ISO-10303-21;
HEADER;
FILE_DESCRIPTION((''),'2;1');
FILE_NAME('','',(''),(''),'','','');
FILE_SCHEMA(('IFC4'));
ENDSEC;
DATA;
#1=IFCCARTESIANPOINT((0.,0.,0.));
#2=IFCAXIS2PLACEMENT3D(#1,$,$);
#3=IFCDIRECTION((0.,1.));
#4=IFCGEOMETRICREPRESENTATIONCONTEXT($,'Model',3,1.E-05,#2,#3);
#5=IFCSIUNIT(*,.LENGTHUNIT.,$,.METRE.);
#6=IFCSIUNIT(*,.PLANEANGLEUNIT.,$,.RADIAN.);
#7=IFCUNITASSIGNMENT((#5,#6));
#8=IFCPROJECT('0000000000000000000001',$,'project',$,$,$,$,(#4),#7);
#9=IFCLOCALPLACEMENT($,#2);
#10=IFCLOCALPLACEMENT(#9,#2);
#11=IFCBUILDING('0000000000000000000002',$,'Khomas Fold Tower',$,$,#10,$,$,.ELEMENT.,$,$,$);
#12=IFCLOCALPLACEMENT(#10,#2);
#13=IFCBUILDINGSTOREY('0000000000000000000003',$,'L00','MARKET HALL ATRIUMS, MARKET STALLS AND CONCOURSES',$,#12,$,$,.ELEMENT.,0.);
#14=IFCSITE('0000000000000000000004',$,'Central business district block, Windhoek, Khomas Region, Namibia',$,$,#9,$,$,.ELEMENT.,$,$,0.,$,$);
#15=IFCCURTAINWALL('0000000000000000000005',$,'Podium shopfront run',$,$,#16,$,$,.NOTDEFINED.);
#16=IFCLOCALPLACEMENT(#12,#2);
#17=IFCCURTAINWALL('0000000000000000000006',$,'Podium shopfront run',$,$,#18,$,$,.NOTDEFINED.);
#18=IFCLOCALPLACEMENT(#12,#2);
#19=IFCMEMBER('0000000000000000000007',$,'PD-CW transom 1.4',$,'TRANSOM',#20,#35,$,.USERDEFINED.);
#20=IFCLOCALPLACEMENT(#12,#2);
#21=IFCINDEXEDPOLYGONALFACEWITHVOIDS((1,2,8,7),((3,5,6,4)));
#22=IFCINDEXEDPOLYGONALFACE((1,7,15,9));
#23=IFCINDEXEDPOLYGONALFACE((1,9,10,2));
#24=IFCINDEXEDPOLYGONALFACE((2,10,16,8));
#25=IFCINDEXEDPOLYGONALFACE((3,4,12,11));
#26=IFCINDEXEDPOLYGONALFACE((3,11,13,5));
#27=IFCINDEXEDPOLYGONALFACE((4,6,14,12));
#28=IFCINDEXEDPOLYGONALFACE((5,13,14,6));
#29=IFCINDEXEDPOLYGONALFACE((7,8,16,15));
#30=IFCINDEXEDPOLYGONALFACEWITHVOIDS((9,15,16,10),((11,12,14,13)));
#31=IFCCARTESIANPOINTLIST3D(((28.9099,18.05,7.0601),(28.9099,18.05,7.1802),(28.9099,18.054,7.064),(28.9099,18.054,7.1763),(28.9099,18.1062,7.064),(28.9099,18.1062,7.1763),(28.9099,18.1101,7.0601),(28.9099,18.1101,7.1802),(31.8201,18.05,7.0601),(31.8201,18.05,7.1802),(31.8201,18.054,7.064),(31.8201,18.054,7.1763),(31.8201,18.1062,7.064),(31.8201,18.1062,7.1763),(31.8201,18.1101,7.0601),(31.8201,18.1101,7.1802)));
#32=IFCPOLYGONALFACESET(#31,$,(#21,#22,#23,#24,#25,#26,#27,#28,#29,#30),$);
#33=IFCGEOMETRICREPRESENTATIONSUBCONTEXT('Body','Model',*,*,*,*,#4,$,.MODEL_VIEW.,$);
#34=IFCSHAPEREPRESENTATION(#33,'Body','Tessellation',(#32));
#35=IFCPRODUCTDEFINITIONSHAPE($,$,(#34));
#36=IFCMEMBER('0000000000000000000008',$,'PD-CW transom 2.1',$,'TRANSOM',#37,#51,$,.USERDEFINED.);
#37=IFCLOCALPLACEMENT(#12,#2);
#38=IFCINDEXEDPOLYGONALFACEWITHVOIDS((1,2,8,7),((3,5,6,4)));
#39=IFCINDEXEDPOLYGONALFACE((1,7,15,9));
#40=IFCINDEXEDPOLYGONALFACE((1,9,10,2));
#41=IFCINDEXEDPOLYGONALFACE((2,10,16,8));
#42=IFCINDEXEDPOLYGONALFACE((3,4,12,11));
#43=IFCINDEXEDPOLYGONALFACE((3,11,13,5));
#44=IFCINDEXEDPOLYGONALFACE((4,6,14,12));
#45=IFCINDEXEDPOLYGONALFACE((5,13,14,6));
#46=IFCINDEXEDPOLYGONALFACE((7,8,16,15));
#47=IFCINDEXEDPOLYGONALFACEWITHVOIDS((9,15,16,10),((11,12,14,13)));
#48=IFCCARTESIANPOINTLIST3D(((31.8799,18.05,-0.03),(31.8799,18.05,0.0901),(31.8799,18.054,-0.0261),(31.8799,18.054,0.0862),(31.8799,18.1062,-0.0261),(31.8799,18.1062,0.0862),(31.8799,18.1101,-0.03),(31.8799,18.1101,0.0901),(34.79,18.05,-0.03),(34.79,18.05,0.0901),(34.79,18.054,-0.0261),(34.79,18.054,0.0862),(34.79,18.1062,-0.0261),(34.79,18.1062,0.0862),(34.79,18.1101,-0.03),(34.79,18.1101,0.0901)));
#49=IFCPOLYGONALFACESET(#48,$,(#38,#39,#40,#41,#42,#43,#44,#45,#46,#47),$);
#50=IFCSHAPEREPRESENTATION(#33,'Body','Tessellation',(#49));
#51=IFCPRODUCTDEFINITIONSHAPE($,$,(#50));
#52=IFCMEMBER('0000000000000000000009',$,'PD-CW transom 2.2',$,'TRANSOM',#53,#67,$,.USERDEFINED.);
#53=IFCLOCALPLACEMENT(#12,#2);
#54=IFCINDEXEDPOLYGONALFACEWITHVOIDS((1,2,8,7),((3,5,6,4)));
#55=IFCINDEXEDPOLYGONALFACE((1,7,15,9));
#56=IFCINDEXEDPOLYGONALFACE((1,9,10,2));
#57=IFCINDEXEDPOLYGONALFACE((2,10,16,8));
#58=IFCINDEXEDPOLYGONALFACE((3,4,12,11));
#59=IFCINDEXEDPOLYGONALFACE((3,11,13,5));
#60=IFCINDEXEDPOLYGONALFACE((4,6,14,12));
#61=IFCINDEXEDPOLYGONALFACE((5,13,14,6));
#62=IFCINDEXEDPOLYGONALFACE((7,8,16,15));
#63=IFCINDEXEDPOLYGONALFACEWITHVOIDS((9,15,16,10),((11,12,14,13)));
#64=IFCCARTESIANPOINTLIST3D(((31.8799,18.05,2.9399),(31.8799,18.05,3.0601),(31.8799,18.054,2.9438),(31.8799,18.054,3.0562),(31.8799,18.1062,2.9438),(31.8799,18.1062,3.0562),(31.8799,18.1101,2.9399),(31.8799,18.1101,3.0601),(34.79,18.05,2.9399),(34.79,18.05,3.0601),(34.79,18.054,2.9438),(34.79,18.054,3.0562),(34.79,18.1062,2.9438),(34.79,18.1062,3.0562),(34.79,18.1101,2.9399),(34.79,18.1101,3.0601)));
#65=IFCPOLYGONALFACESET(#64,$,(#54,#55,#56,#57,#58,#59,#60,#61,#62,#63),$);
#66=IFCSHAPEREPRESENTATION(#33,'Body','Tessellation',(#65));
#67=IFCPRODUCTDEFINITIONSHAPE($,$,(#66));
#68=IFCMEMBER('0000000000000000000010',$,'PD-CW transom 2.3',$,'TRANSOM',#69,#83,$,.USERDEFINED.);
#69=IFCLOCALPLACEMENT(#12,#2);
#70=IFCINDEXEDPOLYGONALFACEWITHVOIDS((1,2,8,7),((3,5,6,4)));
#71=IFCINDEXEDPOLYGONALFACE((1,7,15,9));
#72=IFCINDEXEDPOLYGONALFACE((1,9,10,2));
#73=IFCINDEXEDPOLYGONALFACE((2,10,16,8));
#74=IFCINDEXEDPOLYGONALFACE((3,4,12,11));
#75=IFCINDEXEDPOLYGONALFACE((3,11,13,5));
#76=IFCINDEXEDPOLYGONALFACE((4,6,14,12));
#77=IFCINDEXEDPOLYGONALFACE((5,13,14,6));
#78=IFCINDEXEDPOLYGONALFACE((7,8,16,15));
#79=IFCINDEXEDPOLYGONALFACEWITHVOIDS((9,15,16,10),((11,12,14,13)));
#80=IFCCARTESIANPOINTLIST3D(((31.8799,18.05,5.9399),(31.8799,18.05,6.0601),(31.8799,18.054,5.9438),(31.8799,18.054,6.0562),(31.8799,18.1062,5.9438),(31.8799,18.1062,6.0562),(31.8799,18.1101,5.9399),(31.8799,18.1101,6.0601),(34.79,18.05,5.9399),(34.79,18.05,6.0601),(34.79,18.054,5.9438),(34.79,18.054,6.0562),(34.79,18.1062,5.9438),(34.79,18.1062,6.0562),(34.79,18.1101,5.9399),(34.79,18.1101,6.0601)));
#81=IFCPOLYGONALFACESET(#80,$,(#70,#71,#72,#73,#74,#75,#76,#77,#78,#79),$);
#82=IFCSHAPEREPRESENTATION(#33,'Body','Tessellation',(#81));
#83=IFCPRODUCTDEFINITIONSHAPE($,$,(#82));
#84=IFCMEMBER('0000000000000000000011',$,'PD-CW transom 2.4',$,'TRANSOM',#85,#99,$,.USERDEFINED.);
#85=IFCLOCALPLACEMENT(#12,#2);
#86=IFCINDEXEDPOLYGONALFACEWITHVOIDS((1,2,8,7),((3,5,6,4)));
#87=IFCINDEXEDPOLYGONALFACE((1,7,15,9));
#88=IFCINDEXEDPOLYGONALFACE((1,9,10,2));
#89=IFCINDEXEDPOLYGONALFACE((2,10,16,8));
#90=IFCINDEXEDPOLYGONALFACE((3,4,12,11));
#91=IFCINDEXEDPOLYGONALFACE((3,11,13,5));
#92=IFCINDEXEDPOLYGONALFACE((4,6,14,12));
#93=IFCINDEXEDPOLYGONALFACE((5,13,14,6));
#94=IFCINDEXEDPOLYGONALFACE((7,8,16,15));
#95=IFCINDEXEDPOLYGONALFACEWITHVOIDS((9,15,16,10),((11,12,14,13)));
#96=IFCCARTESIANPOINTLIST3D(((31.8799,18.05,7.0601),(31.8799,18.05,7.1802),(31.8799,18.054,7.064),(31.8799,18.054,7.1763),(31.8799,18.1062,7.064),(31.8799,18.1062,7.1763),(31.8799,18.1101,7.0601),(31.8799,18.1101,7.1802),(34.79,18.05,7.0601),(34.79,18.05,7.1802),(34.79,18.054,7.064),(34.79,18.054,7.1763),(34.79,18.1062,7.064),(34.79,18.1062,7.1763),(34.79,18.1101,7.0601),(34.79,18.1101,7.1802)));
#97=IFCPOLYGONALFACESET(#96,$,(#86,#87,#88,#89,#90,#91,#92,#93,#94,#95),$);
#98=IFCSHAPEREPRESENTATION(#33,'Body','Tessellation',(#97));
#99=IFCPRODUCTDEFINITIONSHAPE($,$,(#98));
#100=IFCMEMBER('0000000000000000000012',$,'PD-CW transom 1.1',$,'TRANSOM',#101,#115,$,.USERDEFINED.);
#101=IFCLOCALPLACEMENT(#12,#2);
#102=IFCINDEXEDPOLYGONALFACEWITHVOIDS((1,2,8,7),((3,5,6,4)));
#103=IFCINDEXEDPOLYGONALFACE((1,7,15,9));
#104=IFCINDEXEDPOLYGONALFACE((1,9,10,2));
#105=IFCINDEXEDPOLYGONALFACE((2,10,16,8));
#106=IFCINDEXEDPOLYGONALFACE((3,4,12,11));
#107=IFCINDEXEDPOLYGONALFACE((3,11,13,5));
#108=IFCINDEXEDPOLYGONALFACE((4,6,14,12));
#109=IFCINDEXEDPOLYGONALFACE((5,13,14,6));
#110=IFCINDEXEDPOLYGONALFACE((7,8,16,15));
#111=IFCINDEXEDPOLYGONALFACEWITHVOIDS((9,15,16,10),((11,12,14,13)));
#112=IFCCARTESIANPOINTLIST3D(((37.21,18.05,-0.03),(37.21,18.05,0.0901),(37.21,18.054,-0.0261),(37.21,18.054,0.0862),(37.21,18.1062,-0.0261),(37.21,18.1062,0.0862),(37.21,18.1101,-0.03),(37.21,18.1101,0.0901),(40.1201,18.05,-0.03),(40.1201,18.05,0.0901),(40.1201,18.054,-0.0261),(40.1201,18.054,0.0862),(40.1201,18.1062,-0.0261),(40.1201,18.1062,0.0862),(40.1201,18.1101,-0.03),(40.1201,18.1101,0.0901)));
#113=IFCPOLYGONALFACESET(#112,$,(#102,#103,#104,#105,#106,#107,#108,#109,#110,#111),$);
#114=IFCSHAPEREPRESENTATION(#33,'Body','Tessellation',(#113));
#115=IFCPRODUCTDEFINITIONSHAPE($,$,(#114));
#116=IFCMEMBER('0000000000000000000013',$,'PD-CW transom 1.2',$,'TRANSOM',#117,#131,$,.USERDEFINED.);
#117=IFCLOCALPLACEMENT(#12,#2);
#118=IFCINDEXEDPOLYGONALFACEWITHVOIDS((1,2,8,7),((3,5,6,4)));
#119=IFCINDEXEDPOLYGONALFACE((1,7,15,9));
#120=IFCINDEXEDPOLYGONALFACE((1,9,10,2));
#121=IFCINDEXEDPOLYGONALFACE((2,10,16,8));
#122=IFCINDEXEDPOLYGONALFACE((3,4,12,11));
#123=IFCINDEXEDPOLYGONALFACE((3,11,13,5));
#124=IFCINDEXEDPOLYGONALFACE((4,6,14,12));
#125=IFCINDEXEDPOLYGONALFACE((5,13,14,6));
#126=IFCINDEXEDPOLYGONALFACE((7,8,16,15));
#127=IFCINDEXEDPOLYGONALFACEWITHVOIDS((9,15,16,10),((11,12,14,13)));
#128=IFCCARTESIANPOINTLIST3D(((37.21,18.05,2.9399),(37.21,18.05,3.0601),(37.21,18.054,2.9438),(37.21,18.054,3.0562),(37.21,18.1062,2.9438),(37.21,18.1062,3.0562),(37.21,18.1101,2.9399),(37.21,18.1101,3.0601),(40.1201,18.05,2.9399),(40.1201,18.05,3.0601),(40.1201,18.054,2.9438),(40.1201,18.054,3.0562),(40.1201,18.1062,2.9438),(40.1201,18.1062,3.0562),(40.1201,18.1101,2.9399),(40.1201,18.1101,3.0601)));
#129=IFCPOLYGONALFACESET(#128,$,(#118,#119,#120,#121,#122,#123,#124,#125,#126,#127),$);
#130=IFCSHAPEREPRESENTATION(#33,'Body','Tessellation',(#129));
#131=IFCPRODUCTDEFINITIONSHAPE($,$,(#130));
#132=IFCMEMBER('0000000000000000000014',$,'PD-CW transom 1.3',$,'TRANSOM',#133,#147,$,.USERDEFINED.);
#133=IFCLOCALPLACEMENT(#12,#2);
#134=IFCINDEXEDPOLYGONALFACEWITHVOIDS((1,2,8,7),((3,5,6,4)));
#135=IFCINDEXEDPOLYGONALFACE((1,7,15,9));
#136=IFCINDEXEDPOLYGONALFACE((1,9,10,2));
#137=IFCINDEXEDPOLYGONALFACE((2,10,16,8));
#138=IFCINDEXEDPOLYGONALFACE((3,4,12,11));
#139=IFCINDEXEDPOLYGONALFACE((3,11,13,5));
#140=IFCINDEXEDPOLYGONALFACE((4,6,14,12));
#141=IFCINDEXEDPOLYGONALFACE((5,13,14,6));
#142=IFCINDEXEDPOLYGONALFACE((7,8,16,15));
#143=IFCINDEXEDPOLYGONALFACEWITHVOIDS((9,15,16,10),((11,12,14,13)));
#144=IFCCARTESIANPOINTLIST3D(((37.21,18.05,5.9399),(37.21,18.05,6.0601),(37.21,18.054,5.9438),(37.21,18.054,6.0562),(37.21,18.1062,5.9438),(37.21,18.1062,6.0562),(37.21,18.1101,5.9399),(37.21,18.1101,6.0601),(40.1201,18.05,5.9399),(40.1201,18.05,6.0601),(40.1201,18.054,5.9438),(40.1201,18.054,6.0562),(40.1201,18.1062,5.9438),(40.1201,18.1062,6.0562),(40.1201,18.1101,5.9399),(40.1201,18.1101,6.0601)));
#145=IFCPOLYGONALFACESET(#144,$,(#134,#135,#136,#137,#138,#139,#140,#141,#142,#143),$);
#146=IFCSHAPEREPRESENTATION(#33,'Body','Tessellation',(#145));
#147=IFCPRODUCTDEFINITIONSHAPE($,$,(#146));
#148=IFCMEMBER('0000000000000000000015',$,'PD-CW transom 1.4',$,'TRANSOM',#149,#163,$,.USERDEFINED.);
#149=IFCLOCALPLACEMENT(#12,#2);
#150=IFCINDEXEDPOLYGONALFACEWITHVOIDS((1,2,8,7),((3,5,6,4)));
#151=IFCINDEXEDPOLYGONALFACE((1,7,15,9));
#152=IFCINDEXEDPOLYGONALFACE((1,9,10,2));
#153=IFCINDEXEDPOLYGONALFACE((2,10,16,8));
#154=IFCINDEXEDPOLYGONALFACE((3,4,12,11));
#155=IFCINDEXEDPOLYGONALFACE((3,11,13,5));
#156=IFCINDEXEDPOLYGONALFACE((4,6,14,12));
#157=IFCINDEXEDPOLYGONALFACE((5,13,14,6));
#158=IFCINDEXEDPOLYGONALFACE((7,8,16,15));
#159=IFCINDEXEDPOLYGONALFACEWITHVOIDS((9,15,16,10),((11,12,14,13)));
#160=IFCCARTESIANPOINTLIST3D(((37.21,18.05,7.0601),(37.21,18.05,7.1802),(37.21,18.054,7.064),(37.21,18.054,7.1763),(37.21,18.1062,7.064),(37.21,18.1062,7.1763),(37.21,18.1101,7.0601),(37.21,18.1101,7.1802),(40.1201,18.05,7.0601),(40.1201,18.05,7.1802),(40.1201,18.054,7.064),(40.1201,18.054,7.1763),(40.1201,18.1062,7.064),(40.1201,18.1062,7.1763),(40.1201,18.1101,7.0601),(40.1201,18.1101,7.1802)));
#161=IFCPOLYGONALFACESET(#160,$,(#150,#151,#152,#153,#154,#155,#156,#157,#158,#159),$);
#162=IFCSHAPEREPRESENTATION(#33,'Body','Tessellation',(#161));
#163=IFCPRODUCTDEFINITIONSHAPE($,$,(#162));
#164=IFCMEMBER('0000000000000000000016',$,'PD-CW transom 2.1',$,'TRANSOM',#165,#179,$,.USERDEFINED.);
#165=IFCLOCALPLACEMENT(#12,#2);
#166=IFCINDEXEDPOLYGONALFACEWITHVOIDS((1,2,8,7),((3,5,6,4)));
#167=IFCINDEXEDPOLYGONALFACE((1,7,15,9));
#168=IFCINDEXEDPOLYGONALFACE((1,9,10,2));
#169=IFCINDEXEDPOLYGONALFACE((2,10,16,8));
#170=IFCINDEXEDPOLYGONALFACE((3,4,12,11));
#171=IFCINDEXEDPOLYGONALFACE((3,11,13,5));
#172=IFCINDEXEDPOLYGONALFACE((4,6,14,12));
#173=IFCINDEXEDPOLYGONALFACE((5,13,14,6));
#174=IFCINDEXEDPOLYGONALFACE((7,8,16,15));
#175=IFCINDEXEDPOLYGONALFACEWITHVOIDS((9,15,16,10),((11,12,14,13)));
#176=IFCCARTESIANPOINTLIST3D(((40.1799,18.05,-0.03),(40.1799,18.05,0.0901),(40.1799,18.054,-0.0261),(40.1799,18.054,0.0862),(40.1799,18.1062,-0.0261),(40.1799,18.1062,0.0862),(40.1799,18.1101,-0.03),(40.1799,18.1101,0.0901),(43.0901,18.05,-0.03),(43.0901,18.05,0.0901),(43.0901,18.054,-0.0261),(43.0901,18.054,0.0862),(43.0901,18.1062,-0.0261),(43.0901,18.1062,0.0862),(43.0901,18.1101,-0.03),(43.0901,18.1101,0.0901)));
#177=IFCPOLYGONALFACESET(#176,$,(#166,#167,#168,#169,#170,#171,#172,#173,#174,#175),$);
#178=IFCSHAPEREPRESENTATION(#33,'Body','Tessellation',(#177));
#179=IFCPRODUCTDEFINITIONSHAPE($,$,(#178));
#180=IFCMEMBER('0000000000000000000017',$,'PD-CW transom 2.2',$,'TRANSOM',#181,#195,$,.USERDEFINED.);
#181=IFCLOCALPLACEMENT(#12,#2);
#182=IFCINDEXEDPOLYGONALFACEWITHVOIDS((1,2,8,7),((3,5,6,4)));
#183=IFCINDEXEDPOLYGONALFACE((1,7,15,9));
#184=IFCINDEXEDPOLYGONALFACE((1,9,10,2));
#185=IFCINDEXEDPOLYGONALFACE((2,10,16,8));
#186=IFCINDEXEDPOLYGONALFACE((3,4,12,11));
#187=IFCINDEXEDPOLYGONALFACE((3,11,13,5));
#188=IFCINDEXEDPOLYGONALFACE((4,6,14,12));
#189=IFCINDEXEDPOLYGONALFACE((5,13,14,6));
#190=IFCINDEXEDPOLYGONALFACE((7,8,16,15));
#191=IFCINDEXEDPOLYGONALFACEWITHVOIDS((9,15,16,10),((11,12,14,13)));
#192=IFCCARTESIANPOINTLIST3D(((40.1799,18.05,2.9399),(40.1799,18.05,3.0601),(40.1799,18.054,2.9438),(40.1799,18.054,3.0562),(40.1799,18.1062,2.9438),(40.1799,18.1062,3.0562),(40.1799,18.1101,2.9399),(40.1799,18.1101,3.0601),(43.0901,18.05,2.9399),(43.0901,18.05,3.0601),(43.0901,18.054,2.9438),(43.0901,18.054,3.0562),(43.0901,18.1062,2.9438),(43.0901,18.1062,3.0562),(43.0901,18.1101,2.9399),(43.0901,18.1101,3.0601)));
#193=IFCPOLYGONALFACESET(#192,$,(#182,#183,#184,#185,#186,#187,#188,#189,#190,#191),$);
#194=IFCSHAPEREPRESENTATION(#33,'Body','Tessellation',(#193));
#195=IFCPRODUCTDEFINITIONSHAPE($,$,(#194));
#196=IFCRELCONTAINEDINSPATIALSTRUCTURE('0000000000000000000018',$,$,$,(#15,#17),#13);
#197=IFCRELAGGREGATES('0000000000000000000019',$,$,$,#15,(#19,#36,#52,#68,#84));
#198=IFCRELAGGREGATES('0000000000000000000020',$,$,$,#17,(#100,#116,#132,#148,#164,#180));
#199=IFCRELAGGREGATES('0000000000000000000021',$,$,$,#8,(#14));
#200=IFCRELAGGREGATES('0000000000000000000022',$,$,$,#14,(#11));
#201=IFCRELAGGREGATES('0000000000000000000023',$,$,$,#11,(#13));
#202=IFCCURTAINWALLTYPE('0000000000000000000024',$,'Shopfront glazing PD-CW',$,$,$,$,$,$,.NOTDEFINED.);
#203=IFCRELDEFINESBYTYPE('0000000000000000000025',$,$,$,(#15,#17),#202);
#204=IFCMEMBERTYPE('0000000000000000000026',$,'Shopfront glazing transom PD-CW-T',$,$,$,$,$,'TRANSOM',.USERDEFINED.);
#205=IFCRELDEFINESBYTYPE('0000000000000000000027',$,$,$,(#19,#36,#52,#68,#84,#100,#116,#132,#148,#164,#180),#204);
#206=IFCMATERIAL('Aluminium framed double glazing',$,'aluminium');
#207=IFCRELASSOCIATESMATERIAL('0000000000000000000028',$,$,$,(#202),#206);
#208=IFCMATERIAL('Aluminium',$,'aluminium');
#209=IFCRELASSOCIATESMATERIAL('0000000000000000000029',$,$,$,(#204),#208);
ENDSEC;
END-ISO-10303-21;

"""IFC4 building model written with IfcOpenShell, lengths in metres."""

from ifc_helpers import new_model, si_unit, direction, frame, origin, origin_2d, place, context, subcontext, project, spatial, hollow_rectangle, extrude, source, transform, mapped, material, material_profile, profile_set, type_object, element, aggregate, save


model = new_model("IFC4")

# Units and contexts
model_context = context("Model", 3, precision=1e-05, world=origin(), true_north=direction((0.0, 1.0)))
body_context = subcontext(model_context, "Body", "Model", "MODEL_VIEW")
ifc_project = project(units=[si_unit("LENGTHUNIT", "METRE"), si_unit("PLANEANGLEUNIT", "RADIAN")], contexts=[model_context])

# Site, building, storey
site_placement = place(None, origin())
site = spatial("IfcSite", under=ifc_project, at=site_placement, Name="Central business district block, Windhoek, Khomas Region, Namibia", CompositionType="ELEMENT", RefElevation=0.0)
building_placement = place(site_placement, origin())
building = spatial("IfcBuilding", under=site, at=building_placement, Name="Khomas Fold Tower", CompositionType="ELEMENT")
storey_placement = place(building_placement, origin())
storey = spatial("IfcBuildingStorey", under=building, at=storey_placement, Name="L00", Description="MARKET HALL ATRIUMS, MARKET STALLS AND CONCOURSES", CompositionType="ELEMENT", Elevation=0.0)

# Curtain walls
ifc_material_1 = material(Name="Aluminium framed double glazing", Category="aluminium")
curtain_wall_type = type_object("IfcCurtainWallType", Name="Shopfront glazing PD-CW", PredefinedType="NOTDEFINED", material=ifc_material_1)
curtain_wall_1_placement = place(storey_placement, origin())
curtain_wall_1 = element("IfcCurtainWall", 1, at=curtain_wall_1_placement, inside=storey, type_object=curtain_wall_type, Name="Podium shopfront run", PredefinedType="NOTDEFINED")
curtain_wall_2_placement = place(storey_placement, origin())
curtain_wall_2 = element("IfcCurtainWall", 2, at=curtain_wall_2_placement, inside=storey, type_object=curtain_wall_type, Name="Podium shopfront run", PredefinedType="NOTDEFINED")

# Members
ifc_material_2 = material(Name="Aluminium", Category="aluminium")
ifc_material_profile_1 = material_profile(ifc_material_2, hollow_rectangle(XDim=0.0601, YDim=0.1201, WallThickness=0.0039, at=origin_2d()), Name="Shopfront glazing transom PD-CW-T")
ifc_profile_set_1 = profile_set([ifc_material_profile_1], Name="Aluminium")
member_type_1 = type_object("IfcMemberType", Name="Shopfront glazing transom PD-CW-T", ElementType="TRANSOM", PredefinedType="USERDEFINED", material=ifc_profile_set_1)
shared_shape_1 = source(origin(), body_context, "Body", "SweptSolid", [
    extrude(hollow_rectangle(XDim=0.0601, YDim=0.1201, WallThickness=0.0039, at=origin_2d()), origin(), (0.0, 0.0, 1.0), 2.9102),
])
member_1_placement = place(storey_placement, frame((28.9099, 18.0801, 7.1201), z_axis=(1.0, 0.0, 0.0), x_axis=(0.0, 1.0, 0.0)))
member_1 = element("IfcMember", 3, at=member_1_placement, type_object=member_type_1, Name="PD-CW transom 1.4", ObjectType="TRANSOM", PredefinedType="USERDEFINED", context=body_context, shape_type="MappedRepresentation", body=[
    mapped(shared_shape_1, transform((0.0, 0.0, 0.0))),
])
member_2_placement = place(storey_placement, frame((31.8799, 18.0801, 0.03), z_axis=(1.0, 0.0, 0.0), x_axis=(0.0, 1.0, 0.0)))
member_2 = element("IfcMember", 4, at=member_2_placement, type_object=member_type_1, Name="PD-CW transom 2.1", ObjectType="TRANSOM", PredefinedType="USERDEFINED", context=body_context, shape_type="MappedRepresentation", body=[
    mapped(shared_shape_1, transform((0.0, 0.0, 0.0))),
])
member_3_placement = place(storey_placement, frame((31.8799, 18.0801, 3.0), z_axis=(1.0, 0.0, 0.0), x_axis=(0.0, 1.0, 0.0)))
member_3 = element("IfcMember", 5, at=member_3_placement, type_object=member_type_1, Name="PD-CW transom 2.2", ObjectType="TRANSOM", PredefinedType="USERDEFINED", context=body_context, shape_type="MappedRepresentation", body=[
    mapped(shared_shape_1, transform((0.0, 0.0, 0.0))),
])
member_4_placement = place(storey_placement, frame((31.8799, 18.0801, 6.0), z_axis=(1.0, 0.0, 0.0), x_axis=(0.0, 1.0, 0.0)))
member_4 = element("IfcMember", 6, at=member_4_placement, type_object=member_type_1, Name="PD-CW transom 2.3", ObjectType="TRANSOM", PredefinedType="USERDEFINED", context=body_context, shape_type="MappedRepresentation", body=[
    mapped(shared_shape_1, transform((0.0, 0.0, 0.0))),
])
member_5_placement = place(storey_placement, frame((31.8799, 18.0801, 7.1201), z_axis=(1.0, 0.0, 0.0), x_axis=(0.0, 1.0, 0.0)))
member_5 = element("IfcMember", 7, at=member_5_placement, type_object=member_type_1, Name="PD-CW transom 2.4", ObjectType="TRANSOM", PredefinedType="USERDEFINED", context=body_context, shape_type="MappedRepresentation", body=[
    mapped(shared_shape_1, transform((0.0, 0.0, 0.0))),
])
member_6_placement = place(storey_placement, frame((37.21, 18.0801, 0.03), z_axis=(1.0, 0.0, 0.0), x_axis=(0.0, 1.0, 0.0)))
member_6 = element("IfcMember", 8, at=member_6_placement, type_object=member_type_1, Name="PD-CW transom 1.1", ObjectType="TRANSOM", PredefinedType="USERDEFINED", context=body_context, shape_type="MappedRepresentation", body=[
    mapped(shared_shape_1, transform((0.0, 0.0, 0.0))),
])
member_7_placement = place(storey_placement, frame((37.21, 18.0801, 3.0), z_axis=(1.0, 0.0, 0.0), x_axis=(0.0, 1.0, 0.0)))
member_7 = element("IfcMember", 9, at=member_7_placement, type_object=member_type_1, Name="PD-CW transom 1.2", ObjectType="TRANSOM", PredefinedType="USERDEFINED", context=body_context, shape_type="MappedRepresentation", body=[
    mapped(shared_shape_1, transform((0.0, 0.0, 0.0))),
])
member_8_placement = place(storey_placement, frame((37.21, 18.0801, 6.0), z_axis=(1.0, 0.0, 0.0), x_axis=(0.0, 1.0, 0.0)))
member_8 = element("IfcMember", 10, at=member_8_placement, type_object=member_type_1, Name="PD-CW transom 1.3", ObjectType="TRANSOM", PredefinedType="USERDEFINED", context=body_context, shape_type="MappedRepresentation", body=[
    mapped(shared_shape_1, transform((0.0, 0.0, 0.0))),
])
member_9_placement = place(storey_placement, frame((37.21, 18.0801, 7.1201), z_axis=(1.0, 0.0, 0.0), x_axis=(0.0, 1.0, 0.0)))
member_9 = element("IfcMember", 11, at=member_9_placement, type_object=member_type_1, Name="PD-CW transom 1.4", ObjectType="TRANSOM", PredefinedType="USERDEFINED", context=body_context, shape_type="MappedRepresentation", body=[
    mapped(shared_shape_1, transform((0.0, 0.0, 0.0))),
])
member_10_placement = place(storey_placement, frame((40.1799, 18.0801, 0.03), z_axis=(1.0, 0.0, 0.0), x_axis=(0.0, 1.0, 0.0)))
member_10 = element("IfcMember", 12, at=member_10_placement, type_object=member_type_1, Name="PD-CW transom 2.1", ObjectType="TRANSOM", PredefinedType="USERDEFINED", context=body_context, shape_type="MappedRepresentation", body=[
    mapped(shared_shape_1, transform((0.0, 0.0, 0.0))),
])
member_11_placement = place(storey_placement, frame((40.1799, 18.0801, 3.0), z_axis=(1.0, 0.0, 0.0), x_axis=(0.0, 1.0, 0.0)))
member_11 = element("IfcMember", 13, at=member_11_placement, type_object=member_type_1, Name="PD-CW transom 2.2", ObjectType="TRANSOM", PredefinedType="USERDEFINED", context=body_context, shape_type="MappedRepresentation", body=[
    mapped(shared_shape_1, transform((0.0, 0.0, 0.0))),
])

aggregate(curtain_wall_1, [member_1, member_2, member_3, member_4, member_5])
aggregate(curtain_wall_2, [member_6, member_7, member_8, member_9, member_10, member_11])

save(model, "model.ifc")
